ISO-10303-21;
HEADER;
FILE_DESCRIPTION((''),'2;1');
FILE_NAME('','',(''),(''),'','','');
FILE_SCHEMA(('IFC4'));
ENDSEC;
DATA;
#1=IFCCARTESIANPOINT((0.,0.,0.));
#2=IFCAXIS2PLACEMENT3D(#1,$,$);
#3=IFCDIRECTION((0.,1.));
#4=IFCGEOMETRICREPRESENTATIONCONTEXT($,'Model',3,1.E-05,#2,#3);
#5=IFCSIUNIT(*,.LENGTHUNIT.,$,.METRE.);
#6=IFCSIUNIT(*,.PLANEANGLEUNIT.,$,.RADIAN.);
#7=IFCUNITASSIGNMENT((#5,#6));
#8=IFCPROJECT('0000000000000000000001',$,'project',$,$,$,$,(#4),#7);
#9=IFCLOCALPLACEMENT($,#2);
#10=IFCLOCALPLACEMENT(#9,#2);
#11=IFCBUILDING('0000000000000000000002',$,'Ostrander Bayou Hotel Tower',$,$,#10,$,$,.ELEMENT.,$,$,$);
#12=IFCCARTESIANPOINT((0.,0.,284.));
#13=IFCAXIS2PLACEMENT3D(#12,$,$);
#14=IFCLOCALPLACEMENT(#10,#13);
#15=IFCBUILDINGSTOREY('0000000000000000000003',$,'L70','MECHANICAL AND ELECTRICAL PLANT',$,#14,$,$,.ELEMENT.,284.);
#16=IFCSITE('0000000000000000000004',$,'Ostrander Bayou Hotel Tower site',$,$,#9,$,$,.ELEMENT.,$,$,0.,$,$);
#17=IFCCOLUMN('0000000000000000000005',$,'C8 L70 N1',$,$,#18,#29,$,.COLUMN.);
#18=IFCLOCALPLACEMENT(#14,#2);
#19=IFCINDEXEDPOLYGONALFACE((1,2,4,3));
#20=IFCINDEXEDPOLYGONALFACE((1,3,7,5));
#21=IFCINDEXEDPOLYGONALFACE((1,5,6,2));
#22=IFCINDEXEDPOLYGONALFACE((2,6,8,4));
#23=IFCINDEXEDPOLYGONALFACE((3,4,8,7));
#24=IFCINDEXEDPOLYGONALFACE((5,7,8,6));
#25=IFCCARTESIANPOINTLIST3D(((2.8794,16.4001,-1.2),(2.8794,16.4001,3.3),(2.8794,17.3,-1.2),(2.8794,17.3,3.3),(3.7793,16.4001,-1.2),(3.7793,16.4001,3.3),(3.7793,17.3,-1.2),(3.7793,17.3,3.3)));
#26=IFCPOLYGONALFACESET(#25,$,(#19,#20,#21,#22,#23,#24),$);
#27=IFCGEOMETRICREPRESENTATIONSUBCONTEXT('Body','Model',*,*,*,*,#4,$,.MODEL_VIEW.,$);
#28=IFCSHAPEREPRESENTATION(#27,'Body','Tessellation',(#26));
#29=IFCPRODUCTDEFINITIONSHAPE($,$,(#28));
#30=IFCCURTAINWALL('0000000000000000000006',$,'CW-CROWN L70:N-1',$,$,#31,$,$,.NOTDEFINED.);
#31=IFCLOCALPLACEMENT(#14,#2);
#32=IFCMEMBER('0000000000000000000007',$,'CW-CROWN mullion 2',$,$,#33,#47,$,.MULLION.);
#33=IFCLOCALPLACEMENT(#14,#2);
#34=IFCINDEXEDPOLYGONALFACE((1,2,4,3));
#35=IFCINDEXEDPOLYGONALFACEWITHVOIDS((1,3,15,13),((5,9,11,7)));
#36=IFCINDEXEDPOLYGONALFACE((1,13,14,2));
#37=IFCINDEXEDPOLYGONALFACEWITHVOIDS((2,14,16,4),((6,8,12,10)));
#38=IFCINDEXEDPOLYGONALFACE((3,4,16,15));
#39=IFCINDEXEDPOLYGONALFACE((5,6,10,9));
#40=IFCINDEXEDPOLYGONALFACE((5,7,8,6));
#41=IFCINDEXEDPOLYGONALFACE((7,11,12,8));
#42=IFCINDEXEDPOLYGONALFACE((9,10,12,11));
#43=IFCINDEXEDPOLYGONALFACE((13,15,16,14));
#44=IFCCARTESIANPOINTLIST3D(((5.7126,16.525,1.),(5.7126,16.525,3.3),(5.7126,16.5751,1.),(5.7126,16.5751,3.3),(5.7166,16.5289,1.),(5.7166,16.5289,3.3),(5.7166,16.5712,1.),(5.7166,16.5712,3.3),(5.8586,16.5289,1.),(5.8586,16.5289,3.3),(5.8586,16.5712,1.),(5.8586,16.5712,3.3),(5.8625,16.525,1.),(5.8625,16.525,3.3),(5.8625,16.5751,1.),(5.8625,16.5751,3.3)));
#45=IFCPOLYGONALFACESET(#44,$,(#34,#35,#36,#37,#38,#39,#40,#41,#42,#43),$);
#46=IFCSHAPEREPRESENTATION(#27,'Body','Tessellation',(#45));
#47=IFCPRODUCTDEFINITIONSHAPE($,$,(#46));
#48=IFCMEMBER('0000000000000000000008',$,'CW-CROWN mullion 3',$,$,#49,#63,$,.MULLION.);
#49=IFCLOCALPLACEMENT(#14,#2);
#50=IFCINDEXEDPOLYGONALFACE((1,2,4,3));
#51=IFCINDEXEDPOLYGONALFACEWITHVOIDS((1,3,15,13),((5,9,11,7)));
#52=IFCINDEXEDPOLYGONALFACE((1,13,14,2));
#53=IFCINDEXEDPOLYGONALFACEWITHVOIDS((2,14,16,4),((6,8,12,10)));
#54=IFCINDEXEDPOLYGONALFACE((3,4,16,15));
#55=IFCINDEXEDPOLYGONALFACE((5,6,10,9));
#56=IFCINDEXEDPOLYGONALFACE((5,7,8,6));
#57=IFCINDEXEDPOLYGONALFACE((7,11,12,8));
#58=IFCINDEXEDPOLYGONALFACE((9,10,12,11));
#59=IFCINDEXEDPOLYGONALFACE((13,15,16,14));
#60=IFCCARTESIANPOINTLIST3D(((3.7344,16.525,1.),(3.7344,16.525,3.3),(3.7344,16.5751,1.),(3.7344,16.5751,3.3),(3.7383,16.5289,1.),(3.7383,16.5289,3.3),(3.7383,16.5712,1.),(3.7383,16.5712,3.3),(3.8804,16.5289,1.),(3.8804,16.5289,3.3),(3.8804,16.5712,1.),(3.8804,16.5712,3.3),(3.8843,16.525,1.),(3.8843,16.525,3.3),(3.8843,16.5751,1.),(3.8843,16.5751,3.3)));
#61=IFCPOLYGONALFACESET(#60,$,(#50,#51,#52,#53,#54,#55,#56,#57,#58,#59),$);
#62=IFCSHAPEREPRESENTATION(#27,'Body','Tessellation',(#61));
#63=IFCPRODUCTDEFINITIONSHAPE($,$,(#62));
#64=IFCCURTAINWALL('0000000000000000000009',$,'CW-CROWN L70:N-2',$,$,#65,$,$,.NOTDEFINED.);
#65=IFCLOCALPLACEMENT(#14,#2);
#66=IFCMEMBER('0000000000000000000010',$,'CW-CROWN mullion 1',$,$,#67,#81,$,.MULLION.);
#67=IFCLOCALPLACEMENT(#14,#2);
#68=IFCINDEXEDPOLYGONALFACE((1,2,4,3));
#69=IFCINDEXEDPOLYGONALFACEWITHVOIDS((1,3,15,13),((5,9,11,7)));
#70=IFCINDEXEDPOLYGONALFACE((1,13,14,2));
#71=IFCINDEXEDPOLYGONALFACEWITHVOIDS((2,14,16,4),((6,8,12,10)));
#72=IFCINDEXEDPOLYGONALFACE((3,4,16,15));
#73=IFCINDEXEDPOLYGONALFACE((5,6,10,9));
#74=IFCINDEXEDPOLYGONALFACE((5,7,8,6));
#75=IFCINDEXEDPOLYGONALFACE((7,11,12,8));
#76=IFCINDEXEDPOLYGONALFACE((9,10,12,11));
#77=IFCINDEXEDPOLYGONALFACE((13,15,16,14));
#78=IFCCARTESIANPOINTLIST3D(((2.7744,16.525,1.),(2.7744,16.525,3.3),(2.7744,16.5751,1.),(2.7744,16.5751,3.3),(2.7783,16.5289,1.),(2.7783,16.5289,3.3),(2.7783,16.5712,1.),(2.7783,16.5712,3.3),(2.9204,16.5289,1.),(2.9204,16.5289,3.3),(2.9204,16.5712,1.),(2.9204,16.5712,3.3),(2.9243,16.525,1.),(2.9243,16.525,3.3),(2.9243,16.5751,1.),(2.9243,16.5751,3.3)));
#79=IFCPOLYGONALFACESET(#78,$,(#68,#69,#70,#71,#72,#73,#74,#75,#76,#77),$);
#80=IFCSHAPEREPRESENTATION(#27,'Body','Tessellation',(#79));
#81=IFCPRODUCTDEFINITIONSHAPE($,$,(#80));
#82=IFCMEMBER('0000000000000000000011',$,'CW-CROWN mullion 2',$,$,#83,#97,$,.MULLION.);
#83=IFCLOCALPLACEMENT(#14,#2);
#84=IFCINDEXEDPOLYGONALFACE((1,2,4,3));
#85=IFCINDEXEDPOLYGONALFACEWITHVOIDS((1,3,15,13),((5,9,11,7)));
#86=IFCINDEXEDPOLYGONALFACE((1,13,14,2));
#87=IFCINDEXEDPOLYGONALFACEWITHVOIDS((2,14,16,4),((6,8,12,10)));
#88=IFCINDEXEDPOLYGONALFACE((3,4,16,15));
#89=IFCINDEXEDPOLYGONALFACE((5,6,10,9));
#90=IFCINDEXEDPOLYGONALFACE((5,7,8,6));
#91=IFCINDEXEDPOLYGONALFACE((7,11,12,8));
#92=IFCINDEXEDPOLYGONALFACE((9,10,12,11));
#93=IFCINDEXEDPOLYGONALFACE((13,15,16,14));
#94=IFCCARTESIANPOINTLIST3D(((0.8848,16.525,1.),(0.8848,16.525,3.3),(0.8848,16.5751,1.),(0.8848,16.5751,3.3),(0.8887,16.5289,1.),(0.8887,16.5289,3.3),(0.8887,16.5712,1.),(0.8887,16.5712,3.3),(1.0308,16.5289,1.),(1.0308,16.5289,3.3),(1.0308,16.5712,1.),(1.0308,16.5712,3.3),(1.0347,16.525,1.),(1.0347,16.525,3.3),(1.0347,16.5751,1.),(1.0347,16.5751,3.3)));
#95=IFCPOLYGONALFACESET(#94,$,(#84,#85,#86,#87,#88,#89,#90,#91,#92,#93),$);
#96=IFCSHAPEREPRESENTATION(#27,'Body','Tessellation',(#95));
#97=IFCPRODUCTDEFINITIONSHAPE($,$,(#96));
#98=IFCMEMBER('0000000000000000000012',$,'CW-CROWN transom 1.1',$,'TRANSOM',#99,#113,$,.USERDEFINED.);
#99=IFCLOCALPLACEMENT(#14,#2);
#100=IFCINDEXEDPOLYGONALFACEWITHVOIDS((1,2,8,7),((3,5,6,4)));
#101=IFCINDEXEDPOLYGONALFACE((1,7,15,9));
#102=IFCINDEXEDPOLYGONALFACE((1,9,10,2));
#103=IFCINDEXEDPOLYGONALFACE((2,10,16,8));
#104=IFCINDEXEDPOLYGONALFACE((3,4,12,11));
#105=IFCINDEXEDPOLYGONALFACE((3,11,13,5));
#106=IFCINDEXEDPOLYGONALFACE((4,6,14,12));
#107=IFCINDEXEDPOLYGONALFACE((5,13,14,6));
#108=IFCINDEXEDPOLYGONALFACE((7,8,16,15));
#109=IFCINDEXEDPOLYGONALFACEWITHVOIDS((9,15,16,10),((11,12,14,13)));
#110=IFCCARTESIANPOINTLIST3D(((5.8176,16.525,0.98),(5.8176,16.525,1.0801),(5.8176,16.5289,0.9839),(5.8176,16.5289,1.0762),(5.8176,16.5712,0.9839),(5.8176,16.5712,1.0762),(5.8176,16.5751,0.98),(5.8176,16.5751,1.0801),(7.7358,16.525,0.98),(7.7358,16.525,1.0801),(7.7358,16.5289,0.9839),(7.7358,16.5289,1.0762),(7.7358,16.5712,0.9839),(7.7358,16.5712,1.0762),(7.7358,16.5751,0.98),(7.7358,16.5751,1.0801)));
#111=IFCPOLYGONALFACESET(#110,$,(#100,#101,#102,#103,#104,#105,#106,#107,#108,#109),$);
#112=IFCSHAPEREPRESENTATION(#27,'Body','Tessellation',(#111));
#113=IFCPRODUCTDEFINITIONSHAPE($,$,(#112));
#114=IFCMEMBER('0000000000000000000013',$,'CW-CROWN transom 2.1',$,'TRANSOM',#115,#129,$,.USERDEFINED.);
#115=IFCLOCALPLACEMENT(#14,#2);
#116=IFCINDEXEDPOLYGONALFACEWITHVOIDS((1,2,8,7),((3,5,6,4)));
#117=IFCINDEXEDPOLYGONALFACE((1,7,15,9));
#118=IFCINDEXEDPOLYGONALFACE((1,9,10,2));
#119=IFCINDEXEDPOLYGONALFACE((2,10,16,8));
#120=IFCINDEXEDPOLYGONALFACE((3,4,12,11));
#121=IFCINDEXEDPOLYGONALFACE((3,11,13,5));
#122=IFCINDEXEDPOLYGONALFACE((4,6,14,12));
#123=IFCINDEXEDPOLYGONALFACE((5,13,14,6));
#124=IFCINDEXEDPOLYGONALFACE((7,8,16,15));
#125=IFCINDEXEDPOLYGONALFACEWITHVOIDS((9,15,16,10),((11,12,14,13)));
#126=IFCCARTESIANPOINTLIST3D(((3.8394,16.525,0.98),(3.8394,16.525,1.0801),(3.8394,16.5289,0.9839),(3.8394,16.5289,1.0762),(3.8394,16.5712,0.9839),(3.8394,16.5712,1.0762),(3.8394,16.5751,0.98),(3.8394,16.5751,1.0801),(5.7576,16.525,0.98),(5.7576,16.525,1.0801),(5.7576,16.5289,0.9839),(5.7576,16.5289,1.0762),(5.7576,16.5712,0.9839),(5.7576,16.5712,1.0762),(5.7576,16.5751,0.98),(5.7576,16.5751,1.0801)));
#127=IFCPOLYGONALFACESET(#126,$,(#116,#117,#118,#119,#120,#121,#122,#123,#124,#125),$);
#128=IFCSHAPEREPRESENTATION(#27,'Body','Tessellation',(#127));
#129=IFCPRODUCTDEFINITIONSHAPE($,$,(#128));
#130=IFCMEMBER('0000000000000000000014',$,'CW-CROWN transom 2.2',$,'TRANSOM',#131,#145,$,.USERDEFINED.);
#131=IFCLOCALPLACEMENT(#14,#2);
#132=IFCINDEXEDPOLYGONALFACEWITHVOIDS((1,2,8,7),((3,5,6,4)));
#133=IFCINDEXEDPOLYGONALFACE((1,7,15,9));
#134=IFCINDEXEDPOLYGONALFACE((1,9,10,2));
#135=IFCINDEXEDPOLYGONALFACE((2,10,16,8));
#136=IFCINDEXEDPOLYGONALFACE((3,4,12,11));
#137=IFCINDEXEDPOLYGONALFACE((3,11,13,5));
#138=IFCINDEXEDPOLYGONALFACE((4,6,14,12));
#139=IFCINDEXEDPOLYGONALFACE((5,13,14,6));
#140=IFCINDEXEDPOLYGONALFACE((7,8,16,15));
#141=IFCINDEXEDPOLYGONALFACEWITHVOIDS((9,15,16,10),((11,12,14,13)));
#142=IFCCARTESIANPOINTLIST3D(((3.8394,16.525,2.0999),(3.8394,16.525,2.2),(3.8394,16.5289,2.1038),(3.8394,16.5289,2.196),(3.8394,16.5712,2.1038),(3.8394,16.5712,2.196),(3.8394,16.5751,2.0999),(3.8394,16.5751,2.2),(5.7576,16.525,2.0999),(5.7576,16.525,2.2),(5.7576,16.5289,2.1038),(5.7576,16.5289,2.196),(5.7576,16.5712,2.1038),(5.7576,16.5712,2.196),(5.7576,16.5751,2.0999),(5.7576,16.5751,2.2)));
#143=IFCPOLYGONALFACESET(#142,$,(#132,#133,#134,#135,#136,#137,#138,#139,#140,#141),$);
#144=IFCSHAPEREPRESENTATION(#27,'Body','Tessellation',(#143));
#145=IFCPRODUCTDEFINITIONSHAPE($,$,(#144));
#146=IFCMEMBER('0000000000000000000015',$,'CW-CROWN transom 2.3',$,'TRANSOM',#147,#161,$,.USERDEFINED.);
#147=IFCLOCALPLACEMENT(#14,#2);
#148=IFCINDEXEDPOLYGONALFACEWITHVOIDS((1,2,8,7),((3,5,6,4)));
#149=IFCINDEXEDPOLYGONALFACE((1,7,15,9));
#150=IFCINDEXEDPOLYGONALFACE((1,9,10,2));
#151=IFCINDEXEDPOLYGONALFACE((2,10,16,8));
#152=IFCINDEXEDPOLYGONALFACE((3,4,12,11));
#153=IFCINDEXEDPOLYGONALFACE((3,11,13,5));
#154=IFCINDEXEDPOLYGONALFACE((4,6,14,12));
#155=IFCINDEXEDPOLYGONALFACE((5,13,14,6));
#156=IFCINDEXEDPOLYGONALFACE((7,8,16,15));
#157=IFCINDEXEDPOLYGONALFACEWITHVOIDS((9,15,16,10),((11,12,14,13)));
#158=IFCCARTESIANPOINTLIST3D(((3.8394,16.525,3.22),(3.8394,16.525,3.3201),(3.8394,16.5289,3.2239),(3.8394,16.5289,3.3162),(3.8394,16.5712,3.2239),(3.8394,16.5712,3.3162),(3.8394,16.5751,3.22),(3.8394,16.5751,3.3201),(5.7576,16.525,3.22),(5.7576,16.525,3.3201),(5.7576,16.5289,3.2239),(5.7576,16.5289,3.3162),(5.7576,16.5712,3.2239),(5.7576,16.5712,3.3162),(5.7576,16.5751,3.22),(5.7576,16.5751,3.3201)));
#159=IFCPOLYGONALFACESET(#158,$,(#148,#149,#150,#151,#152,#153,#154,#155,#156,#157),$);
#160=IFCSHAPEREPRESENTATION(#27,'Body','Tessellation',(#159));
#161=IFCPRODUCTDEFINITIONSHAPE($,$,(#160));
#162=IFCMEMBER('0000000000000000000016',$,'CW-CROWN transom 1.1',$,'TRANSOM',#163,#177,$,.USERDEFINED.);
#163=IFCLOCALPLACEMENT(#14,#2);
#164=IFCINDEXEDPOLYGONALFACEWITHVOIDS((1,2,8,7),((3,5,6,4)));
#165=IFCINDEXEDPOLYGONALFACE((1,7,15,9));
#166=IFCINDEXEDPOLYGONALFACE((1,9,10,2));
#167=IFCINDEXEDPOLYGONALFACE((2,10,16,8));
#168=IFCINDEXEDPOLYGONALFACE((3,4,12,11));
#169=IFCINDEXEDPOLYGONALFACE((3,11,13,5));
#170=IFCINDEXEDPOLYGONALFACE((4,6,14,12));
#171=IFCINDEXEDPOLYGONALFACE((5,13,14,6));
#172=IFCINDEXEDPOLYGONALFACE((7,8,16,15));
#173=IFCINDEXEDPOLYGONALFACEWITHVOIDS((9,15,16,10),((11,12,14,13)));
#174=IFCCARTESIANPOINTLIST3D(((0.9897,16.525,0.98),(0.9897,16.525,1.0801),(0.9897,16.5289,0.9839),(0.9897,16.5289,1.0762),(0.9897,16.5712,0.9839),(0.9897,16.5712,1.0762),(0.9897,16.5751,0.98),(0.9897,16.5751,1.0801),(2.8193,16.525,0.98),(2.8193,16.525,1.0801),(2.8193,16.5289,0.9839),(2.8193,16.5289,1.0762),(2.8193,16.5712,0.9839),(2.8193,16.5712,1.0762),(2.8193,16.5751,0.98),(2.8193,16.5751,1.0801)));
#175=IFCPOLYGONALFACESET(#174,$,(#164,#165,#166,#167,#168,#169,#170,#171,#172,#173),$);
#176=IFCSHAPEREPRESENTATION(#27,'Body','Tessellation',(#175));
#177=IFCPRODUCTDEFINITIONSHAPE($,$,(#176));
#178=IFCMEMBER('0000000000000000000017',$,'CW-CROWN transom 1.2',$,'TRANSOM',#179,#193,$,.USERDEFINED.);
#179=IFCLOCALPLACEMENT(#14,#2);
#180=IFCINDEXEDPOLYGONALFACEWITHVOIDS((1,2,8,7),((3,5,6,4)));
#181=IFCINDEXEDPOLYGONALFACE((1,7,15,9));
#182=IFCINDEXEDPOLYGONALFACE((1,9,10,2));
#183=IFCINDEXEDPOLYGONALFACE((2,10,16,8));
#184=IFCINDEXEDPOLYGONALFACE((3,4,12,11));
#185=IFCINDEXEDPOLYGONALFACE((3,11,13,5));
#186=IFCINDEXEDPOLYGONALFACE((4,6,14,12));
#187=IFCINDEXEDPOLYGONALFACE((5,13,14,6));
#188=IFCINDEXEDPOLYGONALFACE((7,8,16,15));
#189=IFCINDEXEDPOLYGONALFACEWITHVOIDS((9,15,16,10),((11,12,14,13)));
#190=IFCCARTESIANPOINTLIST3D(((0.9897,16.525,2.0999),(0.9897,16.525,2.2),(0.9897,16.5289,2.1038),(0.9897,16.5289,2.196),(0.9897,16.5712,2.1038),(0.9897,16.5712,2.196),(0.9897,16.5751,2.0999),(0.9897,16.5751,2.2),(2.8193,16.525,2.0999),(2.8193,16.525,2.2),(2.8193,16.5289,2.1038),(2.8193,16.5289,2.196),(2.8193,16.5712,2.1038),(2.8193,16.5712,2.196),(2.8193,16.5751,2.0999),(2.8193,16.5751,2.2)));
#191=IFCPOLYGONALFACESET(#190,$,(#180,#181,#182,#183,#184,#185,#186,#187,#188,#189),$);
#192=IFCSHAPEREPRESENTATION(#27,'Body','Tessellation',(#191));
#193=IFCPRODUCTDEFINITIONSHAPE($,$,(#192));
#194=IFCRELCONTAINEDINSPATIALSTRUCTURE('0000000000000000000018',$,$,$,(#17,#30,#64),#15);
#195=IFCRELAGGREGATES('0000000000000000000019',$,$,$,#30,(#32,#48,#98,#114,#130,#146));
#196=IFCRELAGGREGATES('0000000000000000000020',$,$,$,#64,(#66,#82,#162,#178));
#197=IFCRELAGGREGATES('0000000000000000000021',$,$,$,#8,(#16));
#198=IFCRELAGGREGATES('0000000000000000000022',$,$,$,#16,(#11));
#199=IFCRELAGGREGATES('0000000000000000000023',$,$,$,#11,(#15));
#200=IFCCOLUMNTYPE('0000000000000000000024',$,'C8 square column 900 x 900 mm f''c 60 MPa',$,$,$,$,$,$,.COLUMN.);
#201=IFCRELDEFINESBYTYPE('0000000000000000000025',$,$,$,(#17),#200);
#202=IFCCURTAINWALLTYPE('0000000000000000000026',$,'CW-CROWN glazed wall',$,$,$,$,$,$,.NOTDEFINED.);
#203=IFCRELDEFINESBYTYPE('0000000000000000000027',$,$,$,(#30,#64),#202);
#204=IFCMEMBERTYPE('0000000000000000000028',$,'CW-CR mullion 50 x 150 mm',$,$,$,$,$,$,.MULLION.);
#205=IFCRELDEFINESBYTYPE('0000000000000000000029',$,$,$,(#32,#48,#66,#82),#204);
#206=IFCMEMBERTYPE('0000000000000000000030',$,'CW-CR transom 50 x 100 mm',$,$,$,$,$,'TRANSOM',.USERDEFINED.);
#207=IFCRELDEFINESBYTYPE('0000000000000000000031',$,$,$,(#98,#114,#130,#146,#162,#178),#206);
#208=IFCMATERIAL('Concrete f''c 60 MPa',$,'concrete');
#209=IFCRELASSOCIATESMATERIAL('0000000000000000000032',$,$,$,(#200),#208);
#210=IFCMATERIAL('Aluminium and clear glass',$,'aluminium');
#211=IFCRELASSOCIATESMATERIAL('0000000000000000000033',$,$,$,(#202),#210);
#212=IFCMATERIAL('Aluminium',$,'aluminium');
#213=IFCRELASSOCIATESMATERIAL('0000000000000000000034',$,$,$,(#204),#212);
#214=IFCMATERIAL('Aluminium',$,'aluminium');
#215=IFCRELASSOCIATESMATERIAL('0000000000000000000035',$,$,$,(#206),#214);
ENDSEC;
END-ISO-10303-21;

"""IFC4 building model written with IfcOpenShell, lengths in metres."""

from ifc_helpers import new_model, si_unit, direction, frame, origin, origin_2d, place, context, subcontext, project, spatial, rectangle, hollow_rectangle, extrude, material, material_profile, profile_set, type_object, element, aggregate, save


model = new_model("IFC4")

# Units and contexts
model_context = context("Model", 3, precision=1e-05, world=origin(), true_north=direction((0.0, 1.0)))
body_context = subcontext(model_context, "Body", "Model", "MODEL_VIEW")
ifc_project = project(units=[si_unit("LENGTHUNIT", "METRE"), si_unit("PLANEANGLEUNIT", "RADIAN")], contexts=[model_context])

# Site, building, storey
site_placement = place(None, origin())
site = spatial("IfcSite", under=ifc_project, at=site_placement, Name="Ostrander Bayou Hotel Tower site", CompositionType="ELEMENT", RefElevation=0.0)
building_placement = place(site_placement, origin())
building = spatial("IfcBuilding", under=site, at=building_placement, Name="Ostrander Bayou Hotel Tower", CompositionType="ELEMENT")
storey_placement = place(building_placement, frame((0.0, 0.0, 284.0)))
storey = spatial("IfcBuildingStorey", under=building, at=storey_placement, Name="L70", Description="MECHANICAL AND ELECTRICAL PLANT", CompositionType="ELEMENT", Elevation=284.0)

# Column
ifc_material_1 = material(Name="Concrete f'c 60 MPa", Category="concrete")
ifc_material_profile_1 = material_profile(ifc_material_1, rectangle(XDim=0.8999, YDim=0.8999, at=origin_2d()))
ifc_profile_set_1 = profile_set([ifc_material_profile_1], Name="Concrete f'c 60 MPa")
column_type = type_object("IfcColumnType", Name="C8 square column 900 x 900 mm f'c 60 MPa", PredefinedType="COLUMN", material=ifc_profile_set_1)
column_placement = place(storey_placement, frame((3.3293, 16.8501, -1.2), z_axis=(0.0, 0.0, 1.0), x_axis=(1.0, 0.0, 0.0)))
element("IfcColumn", 1, at=column_placement, inside=storey, type_object=column_type, Name="C8 L70 N1", PredefinedType="COLUMN", context=body_context, shape_type="SweptSolid", body=[
    extrude(rectangle(XDim=0.8999, YDim=0.8999, at=origin_2d()), origin(), (0.0, 0.0, 1.0), 4.5),
])

# Curtain walls, members
ifc_material_2 = material(Name="Aluminium and clear glass", Category="aluminium")
curtain_wall_type = type_object("IfcCurtainWallType", Name="CW-CROWN glazed wall", PredefinedType="NOTDEFINED", material=ifc_material_2)
curtain_wall_1_placement = place(storey_placement, origin())
curtain_wall_1 = element("IfcCurtainWall", 2, at=curtain_wall_1_placement, inside=storey, type_object=curtain_wall_type, Name="CW-CROWN L70:N-1", PredefinedType="NOTDEFINED")
ifc_material_3 = material(Name="Aluminium", Category="aluminium")
ifc_material_profile_2 = material_profile(ifc_material_3, hollow_rectangle(XDim=0.05, YDim=0.1499, WallThickness=0.0039, at=origin_2d()))
ifc_profile_set_2 = profile_set([ifc_material_profile_2], Name="Aluminium")
member_type_1 = type_object("IfcMemberType", Name="CW-CR mullion 50 x 150 mm", PredefinedType="MULLION", material=ifc_profile_set_2)
member_1_placement = place(storey_placement, frame((5.7876, 16.55, 1.0), z_axis=(0.0, 0.0, 1.0), x_axis=(0.0, -1.0, 0.0)))
member_1 = element("IfcMember", 3, at=member_1_placement, type_object=member_type_1, Name="CW-CROWN mullion 2", PredefinedType="MULLION", context=body_context, shape_type="SweptSolid", body=[
    extrude(hollow_rectangle(XDim=0.05, YDim=0.1499, WallThickness=0.0039, at=origin_2d()), origin(), (0.0, 0.0, 1.0), 2.3),
])
member_2_placement = place(storey_placement, frame((3.8093, 16.55, 1.0), z_axis=(0.0, 0.0, 1.0), x_axis=(0.0, -1.0, 0.0)))
member_2 = element("IfcMember", 4, at=member_2_placement, type_object=member_type_1, Name="CW-CROWN mullion 3", PredefinedType="MULLION", context=body_context, shape_type="SweptSolid", body=[
    extrude(hollow_rectangle(XDim=0.05, YDim=0.1499, WallThickness=0.0039, at=origin_2d()), origin(), (0.0, 0.0, 1.0), 2.3),
])
curtain_wall_2_placement = place(storey_placement, origin())
curtain_wall_2 = element("IfcCurtainWall", 5, at=curtain_wall_2_placement, inside=storey, type_object=curtain_wall_type, Name="CW-CROWN L70:N-2", PredefinedType="NOTDEFINED")
member_3_placement = place(storey_placement, frame((2.8494, 16.55, 1.0), z_axis=(0.0, 0.0, 1.0), x_axis=(0.0, -1.0, 0.0)))
member_3 = element("IfcMember", 6, at=member_3_placement, type_object=member_type_1, Name="CW-CROWN mullion 1", PredefinedType="MULLION", context=body_context, shape_type="SweptSolid", body=[
    extrude(hollow_rectangle(XDim=0.05, YDim=0.1499, WallThickness=0.0039, at=origin_2d()), origin(), (0.0, 0.0, 1.0), 2.3),
])
member_4_placement = place(storey_placement, frame((0.9597, 16.55, 1.0), z_axis=(0.0, 0.0, 1.0), x_axis=(0.0, -1.0, 0.0)))
member_4 = element("IfcMember", 7, at=member_4_placement, type_object=member_type_1, Name="CW-CROWN mullion 2", PredefinedType="MULLION", context=body_context, shape_type="SweptSolid", body=[
    extrude(hollow_rectangle(XDim=0.05, YDim=0.1499, WallThickness=0.0039, at=origin_2d()), origin(), (0.0, 0.0, 1.0), 2.3),
])

# Members
ifc_material_4 = material(Name="Aluminium", Category="aluminium")
ifc_material_profile_3 = material_profile(ifc_material_4, hollow_rectangle(XDim=0.05, YDim=0.1001, WallThickness=0.0039, at=origin_2d()))
ifc_profile_set_3 = profile_set([ifc_material_profile_3], Name="Aluminium")
member_type_2 = type_object("IfcMemberType", Name="CW-CR transom 50 x 100 mm", ElementType="TRANSOM", PredefinedType="USERDEFINED", material=ifc_profile_set_3)
member_5_placement = place(storey_placement, frame((7.7358, 16.55, 1.03), z_axis=(-1.0, 0.0, 0.0), x_axis=(0.0, -1.0, 0.0)))
member_5 = element("IfcMember", 8, at=member_5_placement, type_object=member_type_2, Name="CW-CROWN transom 1.1", ObjectType="TRANSOM", PredefinedType="USERDEFINED", context=body_context, shape_type="SweptSolid", body=[
    extrude(hollow_rectangle(XDim=0.05, YDim=0.1001, WallThickness=0.0039, at=origin_2d()), origin(), (0.0, 0.0, 1.0), 1.9182),
])
member_6_placement = place(storey_placement, frame((5.7576, 16.55, 1.03), z_axis=(-1.0, 0.0, 0.0), x_axis=(0.0, -1.0, 0.0)))
member_6 = element("IfcMember", 9, at=member_6_placement, type_object=member_type_2, Name="CW-CROWN transom 2.1", ObjectType="TRANSOM", PredefinedType="USERDEFINED", context=body_context, shape_type="SweptSolid", body=[
    extrude(hollow_rectangle(XDim=0.05, YDim=0.1001, WallThickness=0.0039, at=origin_2d()), origin(), (0.0, 0.0, 1.0), 1.9182),
])
member_7_placement = place(storey_placement, frame((5.7576, 16.55, 2.1499), z_axis=(-1.0, 0.0, 0.0), x_axis=(0.0, -1.0, 0.0)))
member_7 = element("IfcMember", 10, at=member_7_placement, type_object=member_type_2, Name="CW-CROWN transom 2.2", ObjectType="TRANSOM", PredefinedType="USERDEFINED", context=body_context, shape_type="SweptSolid", body=[
    extrude(hollow_rectangle(XDim=0.05, YDim=0.1001, WallThickness=0.0039, at=origin_2d()), origin(), (0.0, 0.0, 1.0), 1.9182),
])
member_8_placement = place(storey_placement, frame((5.7576, 16.55, 3.27), z_axis=(-1.0, 0.0, 0.0), x_axis=(0.0, -1.0, 0.0)))
member_8 = element("IfcMember", 11, at=member_8_placement, type_object=member_type_2, Name="CW-CROWN transom 2.3", ObjectType="TRANSOM", PredefinedType="USERDEFINED", context=body_context, shape_type="SweptSolid", body=[
    extrude(hollow_rectangle(XDim=0.05, YDim=0.1001, WallThickness=0.0039, at=origin_2d()), origin(), (0.0, 0.0, 1.0), 1.9182),
])
member_9_placement = place(storey_placement, frame((2.8193, 16.55, 1.03), z_axis=(-1.0, 0.0, 0.0), x_axis=(0.0, -1.0, 0.0)))
member_9 = element("IfcMember", 12, at=member_9_placement, type_object=member_type_2, Name="CW-CROWN transom 1.1", ObjectType="TRANSOM", PredefinedType="USERDEFINED", context=body_context, shape_type="SweptSolid", body=[
    extrude(hollow_rectangle(XDim=0.05, YDim=0.1001, WallThickness=0.0039, at=origin_2d()), origin(), (0.0, 0.0, 1.0), 1.8296),
])
member_10_placement = place(storey_placement, frame((2.8193, 16.55, 2.1499), z_axis=(-1.0, 0.0, 0.0), x_axis=(0.0, -1.0, 0.0)))
member_10 = element("IfcMember", 13, at=member_10_placement, type_object=member_type_2, Name="CW-CROWN transom 1.2", ObjectType="TRANSOM", PredefinedType="USERDEFINED", context=body_context, shape_type="SweptSolid", body=[
    extrude(hollow_rectangle(XDim=0.05, YDim=0.1001, WallThickness=0.0039, at=origin_2d()), origin(), (0.0, 0.0, 1.0), 1.8296),
])

aggregate(curtain_wall_1, [member_1, member_2, member_5, member_6, member_7, member_8])
aggregate(curtain_wall_2, [member_3, member_4, member_9, member_10])

save(model, "model.ifc")
